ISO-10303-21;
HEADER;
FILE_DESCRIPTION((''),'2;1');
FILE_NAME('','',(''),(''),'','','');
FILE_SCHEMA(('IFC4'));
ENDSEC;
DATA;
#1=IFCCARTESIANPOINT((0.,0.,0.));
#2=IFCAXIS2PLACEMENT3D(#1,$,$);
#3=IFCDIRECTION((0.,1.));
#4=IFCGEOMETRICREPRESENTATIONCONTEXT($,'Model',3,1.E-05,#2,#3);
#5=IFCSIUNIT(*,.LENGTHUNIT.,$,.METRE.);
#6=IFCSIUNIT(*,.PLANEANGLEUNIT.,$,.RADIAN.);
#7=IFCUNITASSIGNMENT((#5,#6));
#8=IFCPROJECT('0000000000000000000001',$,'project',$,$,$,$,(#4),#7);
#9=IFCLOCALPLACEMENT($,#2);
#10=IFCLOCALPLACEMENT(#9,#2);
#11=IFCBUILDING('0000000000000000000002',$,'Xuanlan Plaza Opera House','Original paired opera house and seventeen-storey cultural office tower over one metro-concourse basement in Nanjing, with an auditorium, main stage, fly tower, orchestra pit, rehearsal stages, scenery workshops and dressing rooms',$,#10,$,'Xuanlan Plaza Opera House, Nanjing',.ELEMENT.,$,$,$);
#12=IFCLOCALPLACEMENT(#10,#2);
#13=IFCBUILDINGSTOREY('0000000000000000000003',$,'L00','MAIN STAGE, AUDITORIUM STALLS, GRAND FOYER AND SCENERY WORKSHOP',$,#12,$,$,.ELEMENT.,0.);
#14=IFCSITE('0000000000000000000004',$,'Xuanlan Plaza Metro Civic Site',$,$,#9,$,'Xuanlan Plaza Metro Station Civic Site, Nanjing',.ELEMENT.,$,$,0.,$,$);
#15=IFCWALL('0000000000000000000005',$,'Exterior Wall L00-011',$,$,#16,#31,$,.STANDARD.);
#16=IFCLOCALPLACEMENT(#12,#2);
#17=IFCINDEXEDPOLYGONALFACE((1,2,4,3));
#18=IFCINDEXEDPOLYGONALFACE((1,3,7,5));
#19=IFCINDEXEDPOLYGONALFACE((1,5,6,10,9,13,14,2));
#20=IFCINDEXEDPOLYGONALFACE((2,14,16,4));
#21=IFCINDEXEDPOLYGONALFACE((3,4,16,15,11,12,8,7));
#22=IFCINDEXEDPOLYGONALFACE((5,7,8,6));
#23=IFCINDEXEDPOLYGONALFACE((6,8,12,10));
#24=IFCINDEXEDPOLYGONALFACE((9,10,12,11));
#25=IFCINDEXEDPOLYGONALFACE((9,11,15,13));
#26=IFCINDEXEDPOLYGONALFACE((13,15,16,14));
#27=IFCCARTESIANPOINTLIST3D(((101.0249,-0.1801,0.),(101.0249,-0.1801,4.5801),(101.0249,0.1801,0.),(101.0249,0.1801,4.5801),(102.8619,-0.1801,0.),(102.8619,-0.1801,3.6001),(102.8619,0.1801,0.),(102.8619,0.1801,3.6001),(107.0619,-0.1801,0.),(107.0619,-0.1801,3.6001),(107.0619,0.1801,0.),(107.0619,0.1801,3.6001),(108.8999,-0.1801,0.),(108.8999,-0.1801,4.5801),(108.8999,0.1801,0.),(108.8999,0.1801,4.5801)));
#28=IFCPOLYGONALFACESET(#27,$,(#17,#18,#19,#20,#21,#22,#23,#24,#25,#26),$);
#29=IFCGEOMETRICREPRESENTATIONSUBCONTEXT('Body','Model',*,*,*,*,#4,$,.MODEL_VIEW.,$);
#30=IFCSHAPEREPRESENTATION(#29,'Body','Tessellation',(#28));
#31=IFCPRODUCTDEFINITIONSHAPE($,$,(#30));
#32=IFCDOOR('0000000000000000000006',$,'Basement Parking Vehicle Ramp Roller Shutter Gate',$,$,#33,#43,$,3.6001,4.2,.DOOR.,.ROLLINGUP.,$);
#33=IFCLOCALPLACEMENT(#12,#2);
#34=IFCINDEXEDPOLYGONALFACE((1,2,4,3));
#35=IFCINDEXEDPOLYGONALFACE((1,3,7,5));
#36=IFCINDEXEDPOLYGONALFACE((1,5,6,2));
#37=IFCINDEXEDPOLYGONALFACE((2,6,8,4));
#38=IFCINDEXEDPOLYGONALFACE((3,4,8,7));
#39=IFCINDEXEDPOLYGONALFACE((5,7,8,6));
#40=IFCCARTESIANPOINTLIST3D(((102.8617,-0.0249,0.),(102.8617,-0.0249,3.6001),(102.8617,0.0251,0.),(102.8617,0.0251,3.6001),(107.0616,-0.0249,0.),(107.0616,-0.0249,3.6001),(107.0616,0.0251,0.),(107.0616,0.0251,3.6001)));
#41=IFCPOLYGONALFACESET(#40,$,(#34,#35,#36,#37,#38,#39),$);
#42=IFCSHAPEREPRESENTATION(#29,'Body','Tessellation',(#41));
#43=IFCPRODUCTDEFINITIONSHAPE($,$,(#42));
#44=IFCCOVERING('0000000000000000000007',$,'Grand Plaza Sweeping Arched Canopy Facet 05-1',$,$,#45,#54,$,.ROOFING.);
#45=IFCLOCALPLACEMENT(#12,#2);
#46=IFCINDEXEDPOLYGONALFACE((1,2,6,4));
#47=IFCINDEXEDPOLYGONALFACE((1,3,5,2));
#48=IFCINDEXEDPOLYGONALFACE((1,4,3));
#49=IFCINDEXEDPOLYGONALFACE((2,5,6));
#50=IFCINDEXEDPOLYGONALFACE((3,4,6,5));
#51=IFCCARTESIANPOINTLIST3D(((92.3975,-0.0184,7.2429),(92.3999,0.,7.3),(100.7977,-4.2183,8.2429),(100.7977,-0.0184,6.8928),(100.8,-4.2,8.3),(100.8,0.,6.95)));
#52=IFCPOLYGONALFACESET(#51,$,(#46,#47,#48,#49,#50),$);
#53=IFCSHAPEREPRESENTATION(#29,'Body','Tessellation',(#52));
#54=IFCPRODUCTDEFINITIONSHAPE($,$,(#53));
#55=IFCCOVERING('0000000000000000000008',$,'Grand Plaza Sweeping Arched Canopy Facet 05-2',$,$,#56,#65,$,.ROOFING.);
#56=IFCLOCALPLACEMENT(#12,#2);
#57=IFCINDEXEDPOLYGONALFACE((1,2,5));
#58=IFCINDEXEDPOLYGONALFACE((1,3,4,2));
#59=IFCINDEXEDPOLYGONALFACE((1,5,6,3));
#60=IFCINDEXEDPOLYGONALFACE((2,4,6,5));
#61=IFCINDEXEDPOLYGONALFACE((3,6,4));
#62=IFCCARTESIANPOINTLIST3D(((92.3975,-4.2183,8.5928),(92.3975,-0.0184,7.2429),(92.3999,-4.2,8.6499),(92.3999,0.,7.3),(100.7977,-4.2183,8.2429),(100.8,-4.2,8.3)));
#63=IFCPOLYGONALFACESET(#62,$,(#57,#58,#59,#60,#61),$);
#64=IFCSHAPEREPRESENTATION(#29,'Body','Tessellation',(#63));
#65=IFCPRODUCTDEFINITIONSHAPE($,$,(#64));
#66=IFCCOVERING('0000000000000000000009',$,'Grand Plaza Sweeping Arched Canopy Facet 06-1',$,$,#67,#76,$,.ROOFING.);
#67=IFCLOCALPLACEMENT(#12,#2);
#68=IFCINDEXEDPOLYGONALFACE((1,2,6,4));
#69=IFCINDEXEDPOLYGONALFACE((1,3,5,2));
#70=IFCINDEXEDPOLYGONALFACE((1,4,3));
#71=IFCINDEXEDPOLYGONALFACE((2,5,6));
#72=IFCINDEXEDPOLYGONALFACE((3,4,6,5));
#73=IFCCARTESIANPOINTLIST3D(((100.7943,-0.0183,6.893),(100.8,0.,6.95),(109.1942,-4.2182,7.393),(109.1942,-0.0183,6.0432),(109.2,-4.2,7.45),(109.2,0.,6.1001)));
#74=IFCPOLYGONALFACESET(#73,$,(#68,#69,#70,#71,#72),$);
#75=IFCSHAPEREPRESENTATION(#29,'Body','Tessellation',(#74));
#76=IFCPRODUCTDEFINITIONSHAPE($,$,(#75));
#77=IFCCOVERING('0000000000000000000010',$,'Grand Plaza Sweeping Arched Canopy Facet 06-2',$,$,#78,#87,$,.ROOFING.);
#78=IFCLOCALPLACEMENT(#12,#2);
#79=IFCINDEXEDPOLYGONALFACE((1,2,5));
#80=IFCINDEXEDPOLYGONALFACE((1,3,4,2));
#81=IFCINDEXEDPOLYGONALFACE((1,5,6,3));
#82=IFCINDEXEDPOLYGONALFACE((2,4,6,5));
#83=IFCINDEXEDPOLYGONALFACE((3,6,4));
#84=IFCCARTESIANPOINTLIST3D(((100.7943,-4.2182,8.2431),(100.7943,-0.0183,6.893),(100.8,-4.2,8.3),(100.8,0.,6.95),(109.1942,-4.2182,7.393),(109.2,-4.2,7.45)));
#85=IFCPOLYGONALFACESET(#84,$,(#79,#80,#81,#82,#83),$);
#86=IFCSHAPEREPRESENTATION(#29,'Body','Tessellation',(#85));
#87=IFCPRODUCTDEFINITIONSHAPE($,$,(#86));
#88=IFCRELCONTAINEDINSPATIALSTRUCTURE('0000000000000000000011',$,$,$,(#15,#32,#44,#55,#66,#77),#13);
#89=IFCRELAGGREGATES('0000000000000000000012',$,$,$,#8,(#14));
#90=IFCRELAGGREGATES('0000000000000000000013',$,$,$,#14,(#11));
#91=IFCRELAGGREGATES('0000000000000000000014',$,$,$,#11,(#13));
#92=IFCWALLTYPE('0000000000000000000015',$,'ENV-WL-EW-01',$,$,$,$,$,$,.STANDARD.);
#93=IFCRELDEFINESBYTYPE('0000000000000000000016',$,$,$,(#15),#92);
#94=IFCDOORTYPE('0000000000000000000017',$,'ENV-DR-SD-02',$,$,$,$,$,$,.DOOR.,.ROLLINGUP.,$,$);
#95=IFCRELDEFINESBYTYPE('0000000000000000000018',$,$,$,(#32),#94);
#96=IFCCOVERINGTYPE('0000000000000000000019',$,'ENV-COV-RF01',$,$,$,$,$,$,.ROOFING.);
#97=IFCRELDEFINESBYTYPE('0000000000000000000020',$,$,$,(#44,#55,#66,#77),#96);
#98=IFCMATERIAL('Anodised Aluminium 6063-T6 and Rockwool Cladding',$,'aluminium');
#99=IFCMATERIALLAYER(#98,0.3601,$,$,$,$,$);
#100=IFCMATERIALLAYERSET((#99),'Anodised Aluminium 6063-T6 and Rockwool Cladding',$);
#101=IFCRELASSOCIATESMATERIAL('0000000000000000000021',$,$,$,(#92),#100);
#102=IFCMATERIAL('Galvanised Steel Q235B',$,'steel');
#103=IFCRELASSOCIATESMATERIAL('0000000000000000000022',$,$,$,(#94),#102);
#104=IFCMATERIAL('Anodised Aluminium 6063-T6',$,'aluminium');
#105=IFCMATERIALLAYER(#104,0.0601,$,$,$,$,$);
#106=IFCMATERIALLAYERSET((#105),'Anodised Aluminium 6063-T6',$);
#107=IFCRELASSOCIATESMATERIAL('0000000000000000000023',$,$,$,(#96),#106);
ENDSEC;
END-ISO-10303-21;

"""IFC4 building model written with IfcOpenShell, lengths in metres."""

from ifc_helpers import new_model, si_unit, direction, frame, frame_2d, origin, place, context, subcontext, project, spatial, polyline, rectangle, outline, extrude, material, layer, layer_set, type_object, element, fill, save


model = new_model("IFC4")

# Units and contexts
model_context = context("Model", 3, precision=1e-05, world=origin(), true_north=direction((0.0, 1.0)))
body_context = subcontext(model_context, "Body", "Model", "MODEL_VIEW")
ifc_project = project(units=[si_unit("LENGTHUNIT", "METRE"), si_unit("PLANEANGLEUNIT", "RADIAN")], contexts=[model_context])

# Site, building, storey
site_placement = place(None, origin())
site = spatial("IfcSite", under=ifc_project, at=site_placement, Name="Xuanlan Plaza Metro Civic Site", LongName="Xuanlan Plaza Metro Station Civic Site, Nanjing", CompositionType="ELEMENT", RefElevation=0.0)
building_placement = place(site_placement, origin())
building = spatial("IfcBuilding", under=site, at=building_placement, Name="Xuanlan Plaza Opera House", Description="Original paired opera house and seventeen-storey cultural office tower over one metro-concourse basement in Nanjing, with an auditorium, main stage, fly tower, orchestra pit, rehearsal stages, scenery workshops and dressing rooms", LongName="Xuanlan Plaza Opera House, Nanjing", CompositionType="ELEMENT")
storey_placement = place(building_placement, origin())
storey = spatial("IfcBuildingStorey", under=building, at=storey_placement, Name="L00", Description="MAIN STAGE, AUDITORIUM STALLS, GRAND FOYER AND SCENERY WORKSHOP", CompositionType="ELEMENT", Elevation=0.0)

# Wall, opening, door
ifc_material_1 = material(Name="Anodised Aluminium 6063-T6 and Rockwool Cladding", Category="aluminium")
ifc_layer_1 = layer(ifc_material_1, 0.3601)
ifc_layer_set_1 = layer_set([ifc_layer_1], Name="Anodised Aluminium 6063-T6 and Rockwool Cladding")
wall_type_1 = type_object("IfcWallType", Name="ENV-WL-EW-01", PredefinedType="STANDARD", material=ifc_layer_set_1)
wall_1_placement = place(storey_placement, frame((101.0249, 0.0, 0.0), z_axis=(0.0, 0.0, 1.0), x_axis=(1.0, 0.0, 0.0)))
wall_1 = element("IfcWall", 1, at=wall_1_placement, inside=storey, type_object=wall_type_1, Name="Exterior Wall L00-011", PredefinedType="STANDARD", context=body_context, shape_type="SweptSolid", body=[
    extrude(rectangle(XDim=7.875, YDim=0.3601, at=frame_2d((3.9375, 0.0))), origin(), (0.0, 0.0, 1.0), 4.5801),
])
opening_1_placement = place(wall_1_placement, frame((1.8369, 0.0, 0.0)))
opening_1 = element("IfcOpeningElement", 2, at=opening_1_placement, cuts=wall_1, PredefinedType="OPENING", context=body_context, shape_type="SweptSolid", body=[
    extrude(rectangle(XDim=4.2, YDim=3.6001, at=frame_2d((2.1001, 1.8))), frame((0.0, 0.1899, 0.0), z_axis=(0.0, -1.0, 0.0), x_axis=(1.0, 0.0, 0.0)), (0.0, 0.0, 1.0), 0.3801),
])
ifc_material_2 = material(Name="Galvanised Steel Q235B", Category="steel")
door_type_1 = type_object("IfcDoorType", Name="ENV-DR-SD-02", OperationType="ROLLINGUP", PredefinedType="DOOR", material=ifc_material_2)
door_1_placement = place(opening_1_placement, frame((4.2, 0.0, 0.0), z_axis=(0.0, 0.0, 1.0), x_axis=(-1.0, 0.0, 0.0)))
door_1 = element("IfcDoor", 3, at=door_1_placement, inside=storey, type_object=door_type_1, Name="Basement Parking Vehicle Ramp Roller Shutter Gate", OperationType="ROLLINGUP", OverallHeight=3.6001, OverallWidth=4.2, PredefinedType="DOOR", context=body_context, shape_type="SweptSolid", body=[
    extrude(rectangle(XDim=4.2, YDim=3.6001, at=frame_2d((2.1001, 1.8))), frame((0.0, 0.0249, 0.0), z_axis=(0.0, -1.0, 0.0), x_axis=(1.0, 0.0, 0.0)), (0.0, 0.0, 1.0), 0.05),
])
fill(opening_1, door_1)

# Coverings
ifc_material_3 = material(Name="Anodised Aluminium 6063-T6", Category="aluminium")
ifc_layer_2 = layer(ifc_material_3, 0.0601)
ifc_layer_set_2 = layer_set([ifc_layer_2], Name="Anodised Aluminium 6063-T6")
covering_type = type_object("IfcCoveringType", Name="ENV-COV-RF01", PredefinedType="ROOFING", material=ifc_layer_set_2)
covering_1_placement = place(storey_placement, frame((92.3999, 0.0, 7.3), z_axis=(0.039647, 0.305792, 0.951273), x_axis=(0.999133, 0.0, -0.041641)))
element("IfcCovering", 4, at=covering_1_placement, inside=storey, type_object=covering_type, Name="Grand Plaza Sweeping Arched Canopy Facet 05-1", PredefinedType="ROOFING", context=body_context, shape_type="SweptSolid", body=[
    extrude(outline(polyline([(0.0, 0.0), (8.4074, 0.0), (8.3512, -4.4113), (0.0, 0.0)])), origin(), (0.0, 0.0, -1.0), 0.0601),
])
covering_2_placement = place(storey_placement, frame((92.3999, 0.0, 7.3), z_axis=(0.03962, 0.305742, 0.95129), x_axis=(0.889405, -0.444689, 0.10588)))
element("IfcCovering", 5, at=covering_2_placement, inside=storey, type_object=covering_type, Name="Grand Plaza Sweeping Arched Canopy Facet 05-2", PredefinedType="ROOFING", context=body_context, shape_type="SweptSolid", body=[
    extrude(outline(polyline([(0.0, 0.0), (9.4447, 0.0), (2.0106, -3.9267), (0.0, 0.0)])), origin(), (0.0, 0.0, -1.0), 0.0601),
])
covering_3_placement = place(storey_placement, frame((100.8, 0.0, 6.95), z_axis=(0.095878, 0.304573, 0.947651), x_axis=(0.994921, 0.0, -0.10066)))
element("IfcCovering", 6, at=covering_3_placement, inside=storey, type_object=covering_type, Name="Grand Plaza Sweeping Arched Canopy Facet 06-1", PredefinedType="ROOFING", context=body_context, shape_type="SweptSolid", body=[
    extrude(outline(polyline([(0.0, 0.0), (8.4428, 0.0), (8.3069, -4.4094), (0.0, 0.0)])), origin(), (0.0, 0.0, -1.0), 0.0601),
])
covering_4_placement = place(storey_placement, frame((100.8, 0.0, 6.95), z_axis=(0.095904, 0.304622, 0.947633), x_axis=(0.893162, -0.446581, 0.053165)))
element("IfcCovering", 7, at=covering_4_placement, inside=storey, type_object=covering_type, Name="Grand Plaza Sweeping Arched Canopy Facet 06-2", PredefinedType="ROOFING", context=body_context, shape_type="SweptSolid", body=[
    extrude(outline(polyline([(0.0, 0.0), (9.4047, 0.0), (1.9474, -3.9585), (0.0, 0.0)])), origin(), (0.0, 0.0, -1.0), 0.0601),
])

save(model, "model.ifc")
